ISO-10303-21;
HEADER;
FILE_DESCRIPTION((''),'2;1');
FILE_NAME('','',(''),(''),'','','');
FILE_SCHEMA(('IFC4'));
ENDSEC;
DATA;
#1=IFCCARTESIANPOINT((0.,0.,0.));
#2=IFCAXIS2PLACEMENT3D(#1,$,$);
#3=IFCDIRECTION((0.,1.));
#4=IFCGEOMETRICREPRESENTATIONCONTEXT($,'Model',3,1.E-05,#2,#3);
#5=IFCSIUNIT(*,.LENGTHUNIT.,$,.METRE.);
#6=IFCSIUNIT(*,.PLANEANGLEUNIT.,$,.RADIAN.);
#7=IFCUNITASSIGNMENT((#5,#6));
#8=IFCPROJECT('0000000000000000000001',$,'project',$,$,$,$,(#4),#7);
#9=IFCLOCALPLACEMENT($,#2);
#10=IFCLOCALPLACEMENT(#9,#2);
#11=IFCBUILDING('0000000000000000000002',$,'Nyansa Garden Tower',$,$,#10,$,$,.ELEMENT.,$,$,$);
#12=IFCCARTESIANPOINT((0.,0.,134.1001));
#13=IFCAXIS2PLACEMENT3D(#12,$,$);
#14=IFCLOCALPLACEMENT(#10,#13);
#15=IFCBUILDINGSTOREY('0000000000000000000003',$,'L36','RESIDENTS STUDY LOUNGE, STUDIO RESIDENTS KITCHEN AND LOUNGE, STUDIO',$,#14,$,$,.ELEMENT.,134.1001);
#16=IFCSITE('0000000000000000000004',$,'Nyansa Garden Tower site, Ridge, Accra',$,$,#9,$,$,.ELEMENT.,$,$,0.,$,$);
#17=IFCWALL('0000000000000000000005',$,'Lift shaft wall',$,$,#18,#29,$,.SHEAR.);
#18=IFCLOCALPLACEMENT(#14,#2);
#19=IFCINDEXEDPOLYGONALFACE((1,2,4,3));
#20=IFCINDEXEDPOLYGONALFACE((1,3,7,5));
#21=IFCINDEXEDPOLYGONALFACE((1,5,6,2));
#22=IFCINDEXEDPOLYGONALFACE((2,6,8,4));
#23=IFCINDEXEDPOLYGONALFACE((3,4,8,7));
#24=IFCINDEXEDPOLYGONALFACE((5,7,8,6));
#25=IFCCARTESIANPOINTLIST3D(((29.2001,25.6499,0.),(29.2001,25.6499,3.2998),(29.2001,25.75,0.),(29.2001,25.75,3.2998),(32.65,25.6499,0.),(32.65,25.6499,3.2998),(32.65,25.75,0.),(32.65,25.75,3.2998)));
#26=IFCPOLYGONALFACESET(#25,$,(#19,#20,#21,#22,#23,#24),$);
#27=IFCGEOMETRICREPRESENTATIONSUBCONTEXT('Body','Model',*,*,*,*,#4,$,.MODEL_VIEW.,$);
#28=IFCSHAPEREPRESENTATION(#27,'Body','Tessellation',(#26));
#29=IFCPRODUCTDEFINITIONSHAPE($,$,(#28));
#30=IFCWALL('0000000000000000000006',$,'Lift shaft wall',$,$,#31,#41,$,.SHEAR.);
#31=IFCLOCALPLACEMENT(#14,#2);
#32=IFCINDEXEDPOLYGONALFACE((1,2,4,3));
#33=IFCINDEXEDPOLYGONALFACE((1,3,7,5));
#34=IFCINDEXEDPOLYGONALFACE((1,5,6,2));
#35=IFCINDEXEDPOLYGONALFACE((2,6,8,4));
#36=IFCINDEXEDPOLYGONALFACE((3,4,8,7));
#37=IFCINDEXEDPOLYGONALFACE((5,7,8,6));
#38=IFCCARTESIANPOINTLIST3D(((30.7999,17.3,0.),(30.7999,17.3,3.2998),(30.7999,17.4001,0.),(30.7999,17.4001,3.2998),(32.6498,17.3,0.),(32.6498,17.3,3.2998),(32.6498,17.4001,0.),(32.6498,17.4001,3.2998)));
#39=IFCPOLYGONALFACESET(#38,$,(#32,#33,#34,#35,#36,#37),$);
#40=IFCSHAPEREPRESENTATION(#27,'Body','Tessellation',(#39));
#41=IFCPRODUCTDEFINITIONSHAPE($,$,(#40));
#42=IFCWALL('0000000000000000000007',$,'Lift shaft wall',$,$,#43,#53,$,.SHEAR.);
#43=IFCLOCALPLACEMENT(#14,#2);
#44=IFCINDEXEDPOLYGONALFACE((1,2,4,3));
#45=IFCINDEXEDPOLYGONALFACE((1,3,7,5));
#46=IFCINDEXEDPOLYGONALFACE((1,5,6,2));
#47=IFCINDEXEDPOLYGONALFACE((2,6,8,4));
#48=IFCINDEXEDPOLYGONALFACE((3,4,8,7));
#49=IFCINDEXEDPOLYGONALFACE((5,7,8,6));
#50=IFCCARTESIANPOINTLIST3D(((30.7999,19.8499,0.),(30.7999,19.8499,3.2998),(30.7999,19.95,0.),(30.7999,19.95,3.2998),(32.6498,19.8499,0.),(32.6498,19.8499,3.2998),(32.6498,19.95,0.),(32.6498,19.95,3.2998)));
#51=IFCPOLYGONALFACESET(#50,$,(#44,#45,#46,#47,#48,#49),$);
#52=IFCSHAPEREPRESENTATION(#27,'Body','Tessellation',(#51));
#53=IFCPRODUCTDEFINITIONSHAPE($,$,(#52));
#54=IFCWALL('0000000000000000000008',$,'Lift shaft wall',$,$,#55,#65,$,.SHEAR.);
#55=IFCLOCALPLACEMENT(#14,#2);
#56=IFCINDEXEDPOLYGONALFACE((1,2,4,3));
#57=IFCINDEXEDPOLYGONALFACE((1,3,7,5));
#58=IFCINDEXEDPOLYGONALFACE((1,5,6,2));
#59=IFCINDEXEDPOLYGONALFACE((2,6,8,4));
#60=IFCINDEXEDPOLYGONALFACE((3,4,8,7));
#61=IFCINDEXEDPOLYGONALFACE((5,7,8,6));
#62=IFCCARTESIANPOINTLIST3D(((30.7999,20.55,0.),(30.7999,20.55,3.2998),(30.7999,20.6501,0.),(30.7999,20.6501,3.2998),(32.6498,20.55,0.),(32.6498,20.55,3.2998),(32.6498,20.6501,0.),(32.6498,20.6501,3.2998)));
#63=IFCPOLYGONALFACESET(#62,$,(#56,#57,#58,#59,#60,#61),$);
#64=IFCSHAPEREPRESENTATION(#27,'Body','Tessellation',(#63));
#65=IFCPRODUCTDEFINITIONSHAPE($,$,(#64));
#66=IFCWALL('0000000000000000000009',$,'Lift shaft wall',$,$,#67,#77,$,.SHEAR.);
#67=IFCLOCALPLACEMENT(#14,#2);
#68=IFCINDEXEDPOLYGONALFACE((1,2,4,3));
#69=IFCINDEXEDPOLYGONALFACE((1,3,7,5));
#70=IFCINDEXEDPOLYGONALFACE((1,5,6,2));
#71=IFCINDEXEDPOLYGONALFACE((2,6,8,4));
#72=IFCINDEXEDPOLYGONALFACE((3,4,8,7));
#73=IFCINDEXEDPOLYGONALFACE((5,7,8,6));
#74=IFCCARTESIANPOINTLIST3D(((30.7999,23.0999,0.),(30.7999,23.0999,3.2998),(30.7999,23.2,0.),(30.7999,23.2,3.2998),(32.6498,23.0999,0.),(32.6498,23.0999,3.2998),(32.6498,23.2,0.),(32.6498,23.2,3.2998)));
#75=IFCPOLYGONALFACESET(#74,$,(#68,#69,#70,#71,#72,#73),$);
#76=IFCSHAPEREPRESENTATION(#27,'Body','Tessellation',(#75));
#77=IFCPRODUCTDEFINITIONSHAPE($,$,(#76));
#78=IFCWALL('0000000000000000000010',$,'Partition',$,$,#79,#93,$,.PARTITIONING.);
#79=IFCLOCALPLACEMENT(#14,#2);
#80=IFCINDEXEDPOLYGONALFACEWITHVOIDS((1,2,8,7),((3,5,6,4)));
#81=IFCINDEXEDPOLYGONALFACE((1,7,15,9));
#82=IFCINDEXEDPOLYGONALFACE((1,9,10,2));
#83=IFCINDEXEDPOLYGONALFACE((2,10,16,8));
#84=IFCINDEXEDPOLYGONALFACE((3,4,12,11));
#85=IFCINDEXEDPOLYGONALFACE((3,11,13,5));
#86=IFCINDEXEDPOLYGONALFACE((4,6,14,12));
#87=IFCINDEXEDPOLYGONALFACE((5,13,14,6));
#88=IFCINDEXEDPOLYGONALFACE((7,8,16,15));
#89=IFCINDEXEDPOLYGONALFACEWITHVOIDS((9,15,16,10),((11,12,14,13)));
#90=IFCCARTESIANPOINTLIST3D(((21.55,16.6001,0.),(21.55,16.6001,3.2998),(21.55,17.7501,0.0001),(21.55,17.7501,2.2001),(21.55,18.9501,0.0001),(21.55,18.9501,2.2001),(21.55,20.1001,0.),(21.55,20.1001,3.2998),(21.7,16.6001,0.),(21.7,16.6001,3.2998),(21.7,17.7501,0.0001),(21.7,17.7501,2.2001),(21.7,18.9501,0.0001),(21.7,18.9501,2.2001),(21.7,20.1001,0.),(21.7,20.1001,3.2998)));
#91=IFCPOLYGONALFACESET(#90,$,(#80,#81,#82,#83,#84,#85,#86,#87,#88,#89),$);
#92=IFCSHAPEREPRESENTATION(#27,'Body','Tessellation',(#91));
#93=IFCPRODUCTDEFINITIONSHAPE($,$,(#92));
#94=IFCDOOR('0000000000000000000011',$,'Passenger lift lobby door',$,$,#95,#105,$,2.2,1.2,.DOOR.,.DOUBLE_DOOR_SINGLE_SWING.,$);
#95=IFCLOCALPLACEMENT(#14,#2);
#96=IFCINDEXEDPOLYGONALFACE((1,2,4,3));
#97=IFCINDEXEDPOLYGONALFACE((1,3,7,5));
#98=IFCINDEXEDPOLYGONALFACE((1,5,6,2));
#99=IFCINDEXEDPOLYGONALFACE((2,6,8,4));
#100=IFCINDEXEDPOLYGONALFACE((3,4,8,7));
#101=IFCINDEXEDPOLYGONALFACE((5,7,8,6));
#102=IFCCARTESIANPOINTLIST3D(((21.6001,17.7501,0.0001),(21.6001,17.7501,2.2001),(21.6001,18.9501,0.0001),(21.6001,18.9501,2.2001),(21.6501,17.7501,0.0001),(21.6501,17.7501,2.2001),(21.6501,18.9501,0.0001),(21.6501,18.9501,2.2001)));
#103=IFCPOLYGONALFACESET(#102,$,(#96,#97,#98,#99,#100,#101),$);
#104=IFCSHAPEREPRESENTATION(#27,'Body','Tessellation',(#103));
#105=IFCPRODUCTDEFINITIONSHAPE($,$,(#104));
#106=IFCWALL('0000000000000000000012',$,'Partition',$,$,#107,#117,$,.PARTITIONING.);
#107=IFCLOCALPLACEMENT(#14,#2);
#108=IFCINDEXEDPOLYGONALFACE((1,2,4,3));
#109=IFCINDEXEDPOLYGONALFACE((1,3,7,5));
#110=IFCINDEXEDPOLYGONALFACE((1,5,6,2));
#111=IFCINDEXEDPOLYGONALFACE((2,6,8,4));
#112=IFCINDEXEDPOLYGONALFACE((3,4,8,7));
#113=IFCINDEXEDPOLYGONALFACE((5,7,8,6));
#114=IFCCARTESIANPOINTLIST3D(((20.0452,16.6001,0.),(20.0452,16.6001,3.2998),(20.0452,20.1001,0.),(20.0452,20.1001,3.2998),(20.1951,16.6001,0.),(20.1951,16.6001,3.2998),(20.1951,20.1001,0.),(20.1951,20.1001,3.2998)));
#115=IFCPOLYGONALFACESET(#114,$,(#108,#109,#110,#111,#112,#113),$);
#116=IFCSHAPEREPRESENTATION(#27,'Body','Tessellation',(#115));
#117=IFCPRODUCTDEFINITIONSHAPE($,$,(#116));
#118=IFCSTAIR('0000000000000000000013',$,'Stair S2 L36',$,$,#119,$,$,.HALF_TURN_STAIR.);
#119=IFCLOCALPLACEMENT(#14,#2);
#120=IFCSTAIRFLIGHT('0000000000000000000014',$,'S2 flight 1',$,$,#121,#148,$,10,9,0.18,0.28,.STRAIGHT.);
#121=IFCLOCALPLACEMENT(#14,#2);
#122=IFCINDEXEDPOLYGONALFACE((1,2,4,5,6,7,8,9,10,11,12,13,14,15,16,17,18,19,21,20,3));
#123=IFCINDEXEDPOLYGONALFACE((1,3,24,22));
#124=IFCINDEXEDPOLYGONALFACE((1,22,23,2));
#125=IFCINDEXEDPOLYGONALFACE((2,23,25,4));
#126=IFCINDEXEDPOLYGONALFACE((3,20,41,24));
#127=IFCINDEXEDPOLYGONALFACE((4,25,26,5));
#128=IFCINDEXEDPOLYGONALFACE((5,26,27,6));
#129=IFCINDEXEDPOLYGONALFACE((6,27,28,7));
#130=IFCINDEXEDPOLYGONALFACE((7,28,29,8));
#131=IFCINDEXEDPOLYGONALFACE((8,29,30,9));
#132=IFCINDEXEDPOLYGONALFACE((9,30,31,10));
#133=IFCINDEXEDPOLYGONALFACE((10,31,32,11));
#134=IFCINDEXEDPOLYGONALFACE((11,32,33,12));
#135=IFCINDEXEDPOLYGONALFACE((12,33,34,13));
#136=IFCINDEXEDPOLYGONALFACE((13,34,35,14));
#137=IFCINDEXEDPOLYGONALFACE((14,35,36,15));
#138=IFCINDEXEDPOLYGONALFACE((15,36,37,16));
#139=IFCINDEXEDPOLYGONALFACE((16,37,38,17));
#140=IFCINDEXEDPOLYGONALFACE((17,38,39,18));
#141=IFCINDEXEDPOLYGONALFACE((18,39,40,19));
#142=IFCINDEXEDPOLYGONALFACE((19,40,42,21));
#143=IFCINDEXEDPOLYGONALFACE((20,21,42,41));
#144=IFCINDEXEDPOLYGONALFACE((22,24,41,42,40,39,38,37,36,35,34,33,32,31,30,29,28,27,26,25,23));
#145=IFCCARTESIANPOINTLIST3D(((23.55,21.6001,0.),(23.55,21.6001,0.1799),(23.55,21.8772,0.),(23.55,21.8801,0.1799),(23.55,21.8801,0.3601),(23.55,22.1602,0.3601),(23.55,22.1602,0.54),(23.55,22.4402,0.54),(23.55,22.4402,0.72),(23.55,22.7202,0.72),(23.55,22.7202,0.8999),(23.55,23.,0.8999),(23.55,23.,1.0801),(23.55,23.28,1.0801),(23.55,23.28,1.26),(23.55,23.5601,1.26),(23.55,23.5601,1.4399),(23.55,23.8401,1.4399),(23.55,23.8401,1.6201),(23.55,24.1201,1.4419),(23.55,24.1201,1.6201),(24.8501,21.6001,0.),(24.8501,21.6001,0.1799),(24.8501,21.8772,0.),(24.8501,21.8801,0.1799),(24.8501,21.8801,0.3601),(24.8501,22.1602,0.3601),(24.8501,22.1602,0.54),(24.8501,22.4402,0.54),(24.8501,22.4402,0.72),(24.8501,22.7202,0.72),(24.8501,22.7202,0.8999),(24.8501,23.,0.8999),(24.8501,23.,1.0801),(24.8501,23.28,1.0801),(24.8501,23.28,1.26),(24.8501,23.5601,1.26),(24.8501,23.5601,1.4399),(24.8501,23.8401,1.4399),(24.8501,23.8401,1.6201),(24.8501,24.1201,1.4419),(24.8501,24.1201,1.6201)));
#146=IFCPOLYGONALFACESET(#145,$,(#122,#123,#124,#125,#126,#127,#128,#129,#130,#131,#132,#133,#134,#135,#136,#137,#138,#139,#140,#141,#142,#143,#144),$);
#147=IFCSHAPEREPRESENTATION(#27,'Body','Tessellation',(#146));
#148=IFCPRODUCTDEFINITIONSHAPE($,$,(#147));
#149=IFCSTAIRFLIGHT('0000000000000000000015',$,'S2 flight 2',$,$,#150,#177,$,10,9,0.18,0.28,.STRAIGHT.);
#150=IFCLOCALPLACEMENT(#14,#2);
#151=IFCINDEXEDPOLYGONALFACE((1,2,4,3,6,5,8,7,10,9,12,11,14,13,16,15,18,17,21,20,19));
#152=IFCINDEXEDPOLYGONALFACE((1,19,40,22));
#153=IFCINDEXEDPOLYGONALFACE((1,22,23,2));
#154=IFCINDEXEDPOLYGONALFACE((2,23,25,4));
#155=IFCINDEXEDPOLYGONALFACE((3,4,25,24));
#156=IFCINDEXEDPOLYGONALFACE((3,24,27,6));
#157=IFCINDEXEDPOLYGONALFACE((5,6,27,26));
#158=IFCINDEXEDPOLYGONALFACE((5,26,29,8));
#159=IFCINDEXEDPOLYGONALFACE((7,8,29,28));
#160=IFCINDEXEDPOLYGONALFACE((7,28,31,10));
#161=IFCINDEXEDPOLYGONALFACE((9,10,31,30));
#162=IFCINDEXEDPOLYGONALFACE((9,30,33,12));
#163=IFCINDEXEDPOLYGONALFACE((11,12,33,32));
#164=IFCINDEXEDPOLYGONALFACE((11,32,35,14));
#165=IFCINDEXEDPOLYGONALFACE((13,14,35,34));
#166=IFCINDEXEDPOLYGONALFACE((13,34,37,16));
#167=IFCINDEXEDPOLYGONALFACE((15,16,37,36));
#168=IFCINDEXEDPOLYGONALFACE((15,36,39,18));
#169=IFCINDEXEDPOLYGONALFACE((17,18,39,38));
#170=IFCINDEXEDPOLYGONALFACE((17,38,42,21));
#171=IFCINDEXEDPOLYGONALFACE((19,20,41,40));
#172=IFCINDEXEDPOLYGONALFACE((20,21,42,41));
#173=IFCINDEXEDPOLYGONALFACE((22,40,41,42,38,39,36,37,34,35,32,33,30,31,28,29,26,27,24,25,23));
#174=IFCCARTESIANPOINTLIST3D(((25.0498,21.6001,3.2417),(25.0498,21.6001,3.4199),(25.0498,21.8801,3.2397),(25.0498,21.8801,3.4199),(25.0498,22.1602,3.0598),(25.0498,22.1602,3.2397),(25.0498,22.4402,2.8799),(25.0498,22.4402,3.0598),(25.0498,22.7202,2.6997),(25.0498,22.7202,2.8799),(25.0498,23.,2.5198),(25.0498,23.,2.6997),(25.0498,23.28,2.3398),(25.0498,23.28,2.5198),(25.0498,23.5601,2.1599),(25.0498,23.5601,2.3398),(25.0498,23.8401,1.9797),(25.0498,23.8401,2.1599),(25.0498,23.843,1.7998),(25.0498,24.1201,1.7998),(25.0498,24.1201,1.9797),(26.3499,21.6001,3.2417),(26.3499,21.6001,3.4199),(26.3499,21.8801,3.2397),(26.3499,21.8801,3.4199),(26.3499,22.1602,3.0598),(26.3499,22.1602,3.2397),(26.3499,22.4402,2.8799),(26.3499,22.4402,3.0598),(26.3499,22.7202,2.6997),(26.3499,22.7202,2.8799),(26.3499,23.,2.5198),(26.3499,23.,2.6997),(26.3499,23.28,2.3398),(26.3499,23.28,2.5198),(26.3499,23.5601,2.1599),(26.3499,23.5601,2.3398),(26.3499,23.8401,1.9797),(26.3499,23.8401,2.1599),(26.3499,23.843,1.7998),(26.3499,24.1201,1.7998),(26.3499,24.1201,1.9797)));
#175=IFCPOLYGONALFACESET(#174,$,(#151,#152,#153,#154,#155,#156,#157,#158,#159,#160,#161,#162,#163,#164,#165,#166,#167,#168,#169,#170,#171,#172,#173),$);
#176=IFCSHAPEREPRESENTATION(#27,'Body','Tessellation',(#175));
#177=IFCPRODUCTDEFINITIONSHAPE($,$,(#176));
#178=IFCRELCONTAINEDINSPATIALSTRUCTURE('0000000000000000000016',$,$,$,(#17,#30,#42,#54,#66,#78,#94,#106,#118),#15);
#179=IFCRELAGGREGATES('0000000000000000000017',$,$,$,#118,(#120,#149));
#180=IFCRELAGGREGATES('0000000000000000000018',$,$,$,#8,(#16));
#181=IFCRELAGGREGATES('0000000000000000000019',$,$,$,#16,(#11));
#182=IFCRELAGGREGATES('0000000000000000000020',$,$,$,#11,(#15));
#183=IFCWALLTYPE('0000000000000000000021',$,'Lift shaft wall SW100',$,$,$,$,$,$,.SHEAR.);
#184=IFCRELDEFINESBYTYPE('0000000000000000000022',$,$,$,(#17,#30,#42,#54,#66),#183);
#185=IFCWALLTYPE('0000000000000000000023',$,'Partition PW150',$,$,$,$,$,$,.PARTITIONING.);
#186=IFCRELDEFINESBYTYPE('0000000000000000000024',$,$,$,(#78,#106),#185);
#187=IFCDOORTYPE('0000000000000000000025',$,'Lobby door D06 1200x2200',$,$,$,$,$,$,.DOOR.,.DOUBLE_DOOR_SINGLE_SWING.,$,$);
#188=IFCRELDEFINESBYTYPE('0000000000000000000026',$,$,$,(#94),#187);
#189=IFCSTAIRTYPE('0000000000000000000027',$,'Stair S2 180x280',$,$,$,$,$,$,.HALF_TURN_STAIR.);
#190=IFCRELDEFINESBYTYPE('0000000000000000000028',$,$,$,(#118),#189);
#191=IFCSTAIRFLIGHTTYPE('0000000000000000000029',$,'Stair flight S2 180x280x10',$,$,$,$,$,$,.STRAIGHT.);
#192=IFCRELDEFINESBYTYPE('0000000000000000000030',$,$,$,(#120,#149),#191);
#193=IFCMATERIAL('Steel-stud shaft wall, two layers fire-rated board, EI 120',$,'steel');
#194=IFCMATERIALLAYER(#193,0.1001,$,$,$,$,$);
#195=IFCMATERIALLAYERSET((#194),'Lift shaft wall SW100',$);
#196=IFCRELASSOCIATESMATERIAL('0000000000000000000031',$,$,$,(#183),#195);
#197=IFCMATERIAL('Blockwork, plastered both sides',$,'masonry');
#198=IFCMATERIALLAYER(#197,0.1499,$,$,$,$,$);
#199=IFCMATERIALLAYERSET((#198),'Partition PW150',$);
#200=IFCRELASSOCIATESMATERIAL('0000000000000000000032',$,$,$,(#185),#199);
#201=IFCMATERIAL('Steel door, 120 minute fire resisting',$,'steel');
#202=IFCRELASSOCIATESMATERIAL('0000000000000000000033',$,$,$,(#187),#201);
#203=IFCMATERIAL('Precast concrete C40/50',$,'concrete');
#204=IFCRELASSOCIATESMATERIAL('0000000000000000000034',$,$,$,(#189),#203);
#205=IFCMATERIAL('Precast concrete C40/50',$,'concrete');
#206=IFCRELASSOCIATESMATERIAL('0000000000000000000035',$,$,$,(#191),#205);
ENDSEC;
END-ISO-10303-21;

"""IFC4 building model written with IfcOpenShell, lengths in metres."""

from ifc_helpers import new_model, si_unit, direction, frame, frame_2d, origin, place, context, subcontext, project, spatial, polyline, rectangle, outline, extrude, material, layer, layer_set, type_object, element, fill, aggregate, save


model = new_model("IFC4")

# Units and contexts
model_context = context("Model", 3, precision=1e-05, world=origin(), true_north=direction((0.0, 1.0)))
body_context = subcontext(model_context, "Body", "Model", "MODEL_VIEW")
ifc_project = project(units=[si_unit("LENGTHUNIT", "METRE"), si_unit("PLANEANGLEUNIT", "RADIAN")], contexts=[model_context])

# Site, building, storey
site_placement = place(None, origin())
site = spatial("IfcSite", under=ifc_project, at=site_placement, Name="Nyansa Garden Tower site, Ridge, Accra", CompositionType="ELEMENT", RefElevation=0.0)
building_placement = place(site_placement, origin())
building = spatial("IfcBuilding", under=site, at=building_placement, Name="Nyansa Garden Tower", CompositionType="ELEMENT")
storey_placement = place(building_placement, frame((0.0, 0.0, 134.1001)))
storey = spatial("IfcBuildingStorey", under=building, at=storey_placement, Name="L36", Description="RESIDENTS STUDY LOUNGE, STUDIO RESIDENTS KITCHEN AND LOUNGE, STUDIO", CompositionType="ELEMENT", Elevation=134.1001)

# Walls
ifc_material_1 = material(Name="Steel-stud shaft wall, two layers fire-rated board, EI 120", Category="steel")
ifc_layer_1 = layer(ifc_material_1, 0.1001)
ifc_layer_set_1 = layer_set([ifc_layer_1], Name="Lift shaft wall SW100")
wall_type_1 = type_object("IfcWallType", Name="Lift shaft wall SW100", PredefinedType="SHEAR", material=ifc_layer_set_1)
wall_1_placement = place(storey_placement, frame((29.2, 25.7, 0.0), z_axis=(0.0, 0.0, 1.0), x_axis=(1.0, 0.0, 0.0)))
element("IfcWall", 1, at=wall_1_placement, inside=storey, type_object=wall_type_1, Name="Lift shaft wall", PredefinedType="SHEAR", context=body_context, shape_type="SweptSolid", body=[
    extrude(rectangle(XDim=3.45, YDim=0.1001, at=frame_2d((1.7251, 0.0))), origin(), (0.0, 0.0, 1.0), 3.2998),
])
for number, where, z_axis, x_axis, name in (
    (2, (30.8, 17.3501, 0.0), (0.0, 0.0, 1.0), (1.0, 0.0, 0.0), "Lift shaft wall"),
    (3, (30.8, 19.8999, 0.0), (0.0, 0.0, 1.0), (1.0, 0.0, 0.0), "Lift shaft wall"),
    (4, (30.8, 20.6001, 0.0), (0.0, 0.0, 1.0), (1.0, 0.0, 0.0), "Lift shaft wall"),
    (5, (30.8, 23.1499, 0.0), (0.0, 0.0, 1.0), (1.0, 0.0, 0.0), "Lift shaft wall"),
):
    element("IfcWall", number, at=place(storey_placement, frame(where, z_axis=z_axis, x_axis=x_axis)), inside=storey, type_object=wall_type_1, Name=name, PredefinedType="SHEAR", context=body_context, shape_type="SweptSolid", body=[
        extrude(rectangle(XDim=1.8499, YDim=0.1001, at=frame_2d((0.9248, 0.0))), origin(), (0.0, 0.0, 1.0), 3.2998),
    ])

# Wall, opening, door
ifc_material_2 = material(Name="Blockwork, plastered both sides", Category="masonry")
ifc_layer_2 = layer(ifc_material_2, 0.1499)
ifc_layer_set_2 = layer_set([ifc_layer_2], Name="Partition PW150")
wall_type_2 = type_object("IfcWallType", Name="Partition PW150", PredefinedType="PARTITIONING", material=ifc_layer_set_2)
wall_2_placement = place(storey_placement, frame((21.625, 16.6001, 0.0), z_axis=(0.0, 0.0, 1.0), x_axis=(0.0, 1.0, 0.0)))
wall_2 = element("IfcWall", 6, at=wall_2_placement, inside=storey, type_object=wall_type_2, Name="Partition", PredefinedType="PARTITIONING", context=body_context, shape_type="SweptSolid", body=[
    extrude(rectangle(XDim=3.5, YDim=0.1499, at=frame_2d((1.75, 0.0))), origin(), (0.0, 0.0, 1.0), 3.2998),
])
opening_1_placement = place(wall_2_placement, frame((1.1499, 0.0, 0.0)))
opening_1 = element("IfcOpeningElement", 7, at=opening_1_placement, cuts=wall_2, PredefinedType="OPENING", context=body_context, shape_type="SweptSolid", body=[
    extrude(rectangle(XDim=1.2, YDim=2.2, at=frame_2d((0.6001, 1.1001))), frame((0.0, 0.085, 0.0), z_axis=(0.0, -1.0, 0.0), x_axis=(1.0, 0.0, 0.0)), (0.0, 0.0, 1.0), 0.1699),
])
ifc_material_3 = material(Name="Steel door, 120 minute fire resisting", Category="steel")
door_type_1 = type_object("IfcDoorType", Name="Lobby door D06 1200x2200", OperationType="DOUBLE_DOOR_SINGLE_SWING", PredefinedType="DOOR", material=ifc_material_3)
door_1_placement = place(opening_1_placement, origin())
door_1 = element("IfcDoor", 8, at=door_1_placement, inside=storey, type_object=door_type_1, Name="Passenger lift lobby door", OperationType="DOUBLE_DOOR_SINGLE_SWING", OverallHeight=2.2, OverallWidth=1.2, PredefinedType="DOOR", context=body_context, shape_type="SweptSolid", body=[
    extrude(rectangle(XDim=1.2, YDim=2.2, at=frame_2d((0.6001, 1.1001))), frame((0.0, 0.0249, 0.0), z_axis=(0.0, -1.0, 0.0), x_axis=(1.0, 0.0, 0.0)), (0.0, 0.0, 1.0), 0.05),
])
fill(opening_1, door_1)

# Wall
wall_3_placement = place(storey_placement, frame((20.1201, 16.6001, 0.0), z_axis=(0.0, 0.0, 1.0), x_axis=(0.0, 1.0, 0.0)))
element("IfcWall", 9, at=wall_3_placement, inside=storey, type_object=wall_type_2, Name="Partition", PredefinedType="PARTITIONING", context=body_context, shape_type="SweptSolid", body=[
    extrude(rectangle(XDim=3.5, YDim=0.1499, at=frame_2d((1.75, 0.0))), origin(), (0.0, 0.0, 1.0), 3.2998),
])

# Stair, stair flights
ifc_material_4 = material(Name="Precast concrete C40/50", Category="concrete")
stair_type = type_object("IfcStairType", Name="Stair S2 180x280", PredefinedType="HALF_TURN_STAIR", material=ifc_material_4)
stair_placement = place(storey_placement, origin())
stair = element("IfcStair", 10, at=stair_placement, inside=storey, type_object=stair_type, Name="Stair S2 L36", PredefinedType="HALF_TURN_STAIR")
ifc_material_5 = material(Name="Precast concrete C40/50", Category="concrete")
stair_flight_type = type_object("IfcStairFlightType", Name="Stair flight S2 180x280x10", PredefinedType="STRAIGHT", material=ifc_material_5)
stair_flight_1_placement = place(storey_placement, frame((24.2, 21.6001, 0.0), z_axis=(0.0, 0.0, 1.0), x_axis=(0.0, 1.0, 0.0)))
stair_flight_1 = element("IfcStairFlight", 11, at=stair_flight_1_placement, type_object=stair_flight_type, Name="S2 flight 1", NumberOfRisers=10, NumberOfTreads=9, PredefinedType="STRAIGHT", RiserHeight=0.18, TreadLength=0.28, context=body_context, shape_type="SweptSolid", body=[
    extrude(outline(polyline([(0.0, 0.0), (0.0, 0.1799), (0.28, 0.1799), (0.28, 0.3601), (0.5601, 0.3601), (0.5601, 0.54), (0.8401, 0.54), (0.8401, 0.72), (1.1201, 0.72), (1.1201, 0.8999), (1.3999, 0.8999), (1.3999, 1.0801), (1.6799, 1.0801), (1.6799, 1.26), (1.96, 1.26), (1.96, 1.4399), (2.24, 1.4399), (2.24, 1.6201), (2.52, 1.6201), (2.52, 1.8), (2.52, 1.4419), (0.2771, 0.0), (0.0, 0.0)])), frame((0.0, 0.6499, 0.0), z_axis=(0.0, -1.0, 0.0), x_axis=(1.0, 0.0, 0.0)), (0.0, 0.0, 1.0), 1.3),
])
stair_flight_2_placement = place(storey_placement, frame((25.7, 24.1201, 1.7998), z_axis=(0.0, 0.0, 1.0), x_axis=(0.0, -1.0, 0.0)))
stair_flight_2 = element("IfcStairFlight", 12, at=stair_flight_2_placement, type_object=stair_flight_type, Name="S2 flight 2", NumberOfRisers=10, NumberOfTreads=9, PredefinedType="STRAIGHT", RiserHeight=0.18, TreadLength=0.28, context=body_context, shape_type="SweptSolid", body=[
    extrude(outline(polyline([(0.0, 0.0), (0.0, 0.1799), (0.28, 0.1799), (0.28, 0.3601), (0.5601, 0.3601), (0.5601, 0.54), (0.8401, 0.54), (0.8401, 0.72), (1.1201, 0.72), (1.1201, 0.8999), (1.3999, 0.8999), (1.3999, 1.0801), (1.6799, 1.0801), (1.6799, 1.26), (1.96, 1.26), (1.96, 1.4399), (2.24, 1.4399), (2.24, 1.6201), (2.52, 1.6201), (2.52, 1.8), (2.52, 1.4419), (0.2771, 0.0), (0.0, 0.0)])), frame((0.0, 0.6499, 0.0), z_axis=(0.0, -1.0, 0.0), x_axis=(1.0, 0.0, 0.0)), (0.0, 0.0, 1.0), 1.3),
])
aggregate(stair, [stair_flight_1, stair_flight_2])

save(model, "model.ifc")
